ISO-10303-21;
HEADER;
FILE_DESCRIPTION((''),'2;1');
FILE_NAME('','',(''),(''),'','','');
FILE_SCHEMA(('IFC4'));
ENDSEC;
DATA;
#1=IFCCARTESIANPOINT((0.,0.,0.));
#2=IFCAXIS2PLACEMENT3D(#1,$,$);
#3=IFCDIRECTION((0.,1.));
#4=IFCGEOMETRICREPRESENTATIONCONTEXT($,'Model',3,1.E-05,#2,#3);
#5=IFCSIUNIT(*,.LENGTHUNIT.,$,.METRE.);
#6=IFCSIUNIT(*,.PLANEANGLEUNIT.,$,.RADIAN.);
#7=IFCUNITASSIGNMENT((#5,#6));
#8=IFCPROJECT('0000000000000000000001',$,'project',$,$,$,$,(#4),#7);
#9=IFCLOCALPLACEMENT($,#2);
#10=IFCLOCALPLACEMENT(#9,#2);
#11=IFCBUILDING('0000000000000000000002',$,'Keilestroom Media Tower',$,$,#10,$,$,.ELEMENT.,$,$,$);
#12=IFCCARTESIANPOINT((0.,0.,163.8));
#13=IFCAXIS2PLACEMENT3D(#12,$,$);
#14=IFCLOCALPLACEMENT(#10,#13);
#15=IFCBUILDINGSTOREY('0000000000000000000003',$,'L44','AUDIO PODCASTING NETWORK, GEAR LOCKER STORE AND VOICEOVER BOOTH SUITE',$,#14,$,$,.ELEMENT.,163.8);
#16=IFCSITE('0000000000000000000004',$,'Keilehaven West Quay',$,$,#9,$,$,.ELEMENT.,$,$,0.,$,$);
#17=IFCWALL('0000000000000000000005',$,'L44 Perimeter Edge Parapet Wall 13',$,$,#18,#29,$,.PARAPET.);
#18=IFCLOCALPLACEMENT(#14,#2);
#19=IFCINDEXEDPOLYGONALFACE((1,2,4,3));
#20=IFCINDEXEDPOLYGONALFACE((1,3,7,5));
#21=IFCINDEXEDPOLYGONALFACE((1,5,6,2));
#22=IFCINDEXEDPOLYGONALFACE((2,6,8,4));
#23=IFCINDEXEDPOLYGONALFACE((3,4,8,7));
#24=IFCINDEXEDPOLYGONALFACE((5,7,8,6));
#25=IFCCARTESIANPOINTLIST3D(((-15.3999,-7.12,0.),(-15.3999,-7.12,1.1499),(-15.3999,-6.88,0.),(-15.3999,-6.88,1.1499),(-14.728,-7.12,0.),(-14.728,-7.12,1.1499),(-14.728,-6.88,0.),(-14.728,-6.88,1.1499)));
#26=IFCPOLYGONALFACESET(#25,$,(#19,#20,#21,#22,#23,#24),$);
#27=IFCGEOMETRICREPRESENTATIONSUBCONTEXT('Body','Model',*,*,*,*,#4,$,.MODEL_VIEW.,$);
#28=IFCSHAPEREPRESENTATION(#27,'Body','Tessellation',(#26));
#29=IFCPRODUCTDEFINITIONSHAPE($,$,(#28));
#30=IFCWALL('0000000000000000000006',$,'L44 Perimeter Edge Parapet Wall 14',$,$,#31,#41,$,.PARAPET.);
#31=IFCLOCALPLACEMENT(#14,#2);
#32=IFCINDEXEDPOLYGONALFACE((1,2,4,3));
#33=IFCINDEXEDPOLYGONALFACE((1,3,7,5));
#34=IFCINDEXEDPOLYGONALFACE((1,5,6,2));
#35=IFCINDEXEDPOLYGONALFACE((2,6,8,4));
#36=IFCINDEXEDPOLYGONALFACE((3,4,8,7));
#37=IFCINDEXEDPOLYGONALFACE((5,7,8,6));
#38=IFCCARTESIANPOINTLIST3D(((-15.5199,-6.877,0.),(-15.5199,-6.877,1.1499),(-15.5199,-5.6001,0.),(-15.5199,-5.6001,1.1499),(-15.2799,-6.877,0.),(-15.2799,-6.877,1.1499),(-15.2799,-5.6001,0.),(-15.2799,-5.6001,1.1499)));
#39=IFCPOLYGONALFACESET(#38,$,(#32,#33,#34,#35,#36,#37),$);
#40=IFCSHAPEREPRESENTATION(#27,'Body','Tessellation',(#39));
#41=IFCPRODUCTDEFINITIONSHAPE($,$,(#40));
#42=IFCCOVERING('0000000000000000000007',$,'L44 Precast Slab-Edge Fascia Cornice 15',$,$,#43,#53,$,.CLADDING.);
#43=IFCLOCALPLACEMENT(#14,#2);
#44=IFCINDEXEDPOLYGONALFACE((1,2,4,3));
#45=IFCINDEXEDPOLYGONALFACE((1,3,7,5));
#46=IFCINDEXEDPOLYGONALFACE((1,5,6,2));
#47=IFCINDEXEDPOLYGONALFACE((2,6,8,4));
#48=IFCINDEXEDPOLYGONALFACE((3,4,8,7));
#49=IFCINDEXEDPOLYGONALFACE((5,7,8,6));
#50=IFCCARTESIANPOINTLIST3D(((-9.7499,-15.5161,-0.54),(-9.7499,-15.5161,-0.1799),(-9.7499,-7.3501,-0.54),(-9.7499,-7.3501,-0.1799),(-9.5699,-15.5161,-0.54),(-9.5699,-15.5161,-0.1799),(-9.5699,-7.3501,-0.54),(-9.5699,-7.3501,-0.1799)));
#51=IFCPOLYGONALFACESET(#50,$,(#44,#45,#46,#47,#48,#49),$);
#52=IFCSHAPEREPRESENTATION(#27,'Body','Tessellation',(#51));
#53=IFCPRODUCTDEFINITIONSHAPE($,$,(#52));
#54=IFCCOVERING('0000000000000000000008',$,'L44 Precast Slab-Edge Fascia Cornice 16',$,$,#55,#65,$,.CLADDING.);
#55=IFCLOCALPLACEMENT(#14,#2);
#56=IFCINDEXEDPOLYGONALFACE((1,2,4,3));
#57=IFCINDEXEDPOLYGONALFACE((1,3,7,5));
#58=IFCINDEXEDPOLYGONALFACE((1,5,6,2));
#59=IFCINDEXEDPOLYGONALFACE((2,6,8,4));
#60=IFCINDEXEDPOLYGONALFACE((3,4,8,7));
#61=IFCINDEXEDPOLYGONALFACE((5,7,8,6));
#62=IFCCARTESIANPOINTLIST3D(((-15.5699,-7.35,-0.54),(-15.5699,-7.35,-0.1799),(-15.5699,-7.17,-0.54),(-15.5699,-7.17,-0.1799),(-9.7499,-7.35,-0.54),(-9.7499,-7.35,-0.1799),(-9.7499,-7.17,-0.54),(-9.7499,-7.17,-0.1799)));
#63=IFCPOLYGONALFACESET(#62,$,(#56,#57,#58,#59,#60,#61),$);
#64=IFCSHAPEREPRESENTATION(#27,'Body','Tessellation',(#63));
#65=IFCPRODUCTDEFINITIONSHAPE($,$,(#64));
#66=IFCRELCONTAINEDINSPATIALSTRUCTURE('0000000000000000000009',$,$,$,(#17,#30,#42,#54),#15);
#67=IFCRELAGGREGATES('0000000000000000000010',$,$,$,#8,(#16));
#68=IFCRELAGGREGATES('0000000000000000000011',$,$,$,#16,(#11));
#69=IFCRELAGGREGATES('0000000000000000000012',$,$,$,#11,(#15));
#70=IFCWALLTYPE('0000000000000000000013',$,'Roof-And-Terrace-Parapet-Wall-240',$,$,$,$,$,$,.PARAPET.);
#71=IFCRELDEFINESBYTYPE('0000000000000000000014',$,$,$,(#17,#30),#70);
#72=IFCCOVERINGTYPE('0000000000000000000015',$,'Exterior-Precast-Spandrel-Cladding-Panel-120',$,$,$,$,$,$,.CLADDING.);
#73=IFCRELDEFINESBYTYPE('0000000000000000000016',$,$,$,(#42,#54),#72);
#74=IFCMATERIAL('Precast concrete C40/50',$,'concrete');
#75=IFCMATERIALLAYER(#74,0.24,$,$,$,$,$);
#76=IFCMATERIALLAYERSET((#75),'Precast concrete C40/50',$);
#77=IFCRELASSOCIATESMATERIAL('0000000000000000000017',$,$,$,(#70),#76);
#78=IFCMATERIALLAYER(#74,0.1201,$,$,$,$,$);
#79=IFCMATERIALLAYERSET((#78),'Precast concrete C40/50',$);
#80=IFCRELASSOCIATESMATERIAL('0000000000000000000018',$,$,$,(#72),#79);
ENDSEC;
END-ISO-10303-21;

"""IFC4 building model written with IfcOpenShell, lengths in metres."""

from ifc_helpers import new_model, si_unit, direction, frame, frame_2d, origin, origin_2d, place, context, subcontext, project, spatial, rectangle, extrude, source, transform, mapped, material, layer, layer_set, type_object, element, save


model = new_model("IFC4")

# Units and contexts
model_context = context("Model", 3, precision=1e-05, world=origin(), true_north=direction((0.0, 1.0)))
body_context = subcontext(model_context, "Body", "Model", "MODEL_VIEW")
ifc_project = project(units=[si_unit("LENGTHUNIT", "METRE"), si_unit("PLANEANGLEUNIT", "RADIAN")], contexts=[model_context])

# Site, building, storey
site_placement = place(None, origin())
site = spatial("IfcSite", under=ifc_project, at=site_placement, Name="Keilehaven West Quay", CompositionType="ELEMENT", RefElevation=0.0)
building_placement = place(site_placement, origin())
building = spatial("IfcBuilding", under=site, at=building_placement, Name="Keilestroom Media Tower", CompositionType="ELEMENT")
storey_placement = place(building_placement, frame((0.0, 0.0, 163.8)))
storey = spatial("IfcBuildingStorey", under=building, at=storey_placement, Name="L44", Description="AUDIO PODCASTING NETWORK, GEAR LOCKER STORE AND VOICEOVER BOOTH SUITE", CompositionType="ELEMENT", Elevation=163.8)

# Shared definitions
ifc_material_1 = material(Name="Precast concrete C40/50", Category="concrete")

# Walls
ifc_layer_1 = layer(ifc_material_1, 0.24)
ifc_layer_set_1 = layer_set([ifc_layer_1], Name="Precast concrete C40/50")
wall_type_1 = type_object("IfcWallType", Name="Roof-And-Terrace-Parapet-Wall-240", PredefinedType="PARAPET", material=ifc_layer_set_1)
wall_1_placement = place(storey_placement, frame((-14.728, -7.0, 0.0), z_axis=(0.0, 0.0, 1.0), x_axis=(-1.0, 0.0, 0.0)))
element("IfcWall", 1, at=wall_1_placement, inside=storey, type_object=wall_type_1, Name="L44 Perimeter Edge Parapet Wall 13", PredefinedType="PARAPET", context=body_context, shape_type="SweptSolid", body=[
    extrude(rectangle(XDim=0.6719, YDim=0.24, at=frame_2d((0.3359, 0.0))), origin(), (0.0, 0.0, 1.0), 1.1499),
])
wall_2_placement = place(storey_placement, frame((-15.3999, -6.877, 0.0), z_axis=(0.0, 0.0, 1.0), x_axis=(0.0, 1.0, 0.0)))
element("IfcWall", 2, at=wall_2_placement, inside=storey, type_object=wall_type_1, Name="L44 Perimeter Edge Parapet Wall 14", PredefinedType="PARAPET", context=body_context, shape_type="SweptSolid", body=[
    extrude(rectangle(XDim=1.2769, YDim=0.24, at=frame_2d((0.6384, 0.0))), origin(), (0.0, 0.0, 1.0), 1.1499),
])

# Coverings
ifc_layer_2 = layer(ifc_material_1, 0.1201)
ifc_layer_set_2 = layer_set([ifc_layer_2], Name="Precast concrete C40/50")
covering_type = type_object("IfcCoveringType", Name="Exterior-Precast-Spandrel-Cladding-Panel-120", PredefinedType="CLADDING", material=ifc_layer_set_2)
shared_shape_1 = source(origin(), body_context, "Body", "SweptSolid", [
    extrude(rectangle(XDim=8.166, YDim=0.1799, at=origin_2d()), origin(), (0.0, 0.0, 1.0), 0.3601),
])
covering_1_placement = place(storey_placement, frame((-9.6599, -11.4331, -0.54), z_axis=(0.0, 0.0, 1.0), x_axis=(0.0, 1.0, 0.0)))
element("IfcCovering", 3, at=covering_1_placement, inside=storey, type_object=covering_type, Name="L44 Precast Slab-Edge Fascia Cornice 15", PredefinedType="CLADDING", context=body_context, shape_type="MappedRepresentation", body=[
    mapped(shared_shape_1, transform((0.0, 0.0, 0.0), x_axis=(1.0, 0.0, 0.0), y_axis=(0.0, 1.0, 0.0), z_axis=(0.0, 0.0, 1.0), scale=1.0)),
])
shared_shape_2 = source(origin(), body_context, "Body", "SweptSolid", [
    extrude(rectangle(XDim=5.8201, YDim=0.1799, at=origin_2d()), origin(), (0.0, 0.0, 1.0), 0.3601),
])
covering_2_placement = place(storey_placement, frame((-12.6599, -7.26, -0.54), z_axis=(0.0, 0.0, 1.0), x_axis=(-1.0, 0.0, 0.0)))
element("IfcCovering", 4, at=covering_2_placement, inside=storey, type_object=covering_type, Name="L44 Precast Slab-Edge Fascia Cornice 16", PredefinedType="CLADDING", context=body_context, shape_type="MappedRepresentation", body=[
    mapped(shared_shape_2, transform((0.0, 0.0, 0.0), x_axis=(1.0, 0.0, 0.0), y_axis=(0.0, 1.0, 0.0), z_axis=(0.0, 0.0, 1.0), scale=1.0)),
])

save(model, "model.ifc")
